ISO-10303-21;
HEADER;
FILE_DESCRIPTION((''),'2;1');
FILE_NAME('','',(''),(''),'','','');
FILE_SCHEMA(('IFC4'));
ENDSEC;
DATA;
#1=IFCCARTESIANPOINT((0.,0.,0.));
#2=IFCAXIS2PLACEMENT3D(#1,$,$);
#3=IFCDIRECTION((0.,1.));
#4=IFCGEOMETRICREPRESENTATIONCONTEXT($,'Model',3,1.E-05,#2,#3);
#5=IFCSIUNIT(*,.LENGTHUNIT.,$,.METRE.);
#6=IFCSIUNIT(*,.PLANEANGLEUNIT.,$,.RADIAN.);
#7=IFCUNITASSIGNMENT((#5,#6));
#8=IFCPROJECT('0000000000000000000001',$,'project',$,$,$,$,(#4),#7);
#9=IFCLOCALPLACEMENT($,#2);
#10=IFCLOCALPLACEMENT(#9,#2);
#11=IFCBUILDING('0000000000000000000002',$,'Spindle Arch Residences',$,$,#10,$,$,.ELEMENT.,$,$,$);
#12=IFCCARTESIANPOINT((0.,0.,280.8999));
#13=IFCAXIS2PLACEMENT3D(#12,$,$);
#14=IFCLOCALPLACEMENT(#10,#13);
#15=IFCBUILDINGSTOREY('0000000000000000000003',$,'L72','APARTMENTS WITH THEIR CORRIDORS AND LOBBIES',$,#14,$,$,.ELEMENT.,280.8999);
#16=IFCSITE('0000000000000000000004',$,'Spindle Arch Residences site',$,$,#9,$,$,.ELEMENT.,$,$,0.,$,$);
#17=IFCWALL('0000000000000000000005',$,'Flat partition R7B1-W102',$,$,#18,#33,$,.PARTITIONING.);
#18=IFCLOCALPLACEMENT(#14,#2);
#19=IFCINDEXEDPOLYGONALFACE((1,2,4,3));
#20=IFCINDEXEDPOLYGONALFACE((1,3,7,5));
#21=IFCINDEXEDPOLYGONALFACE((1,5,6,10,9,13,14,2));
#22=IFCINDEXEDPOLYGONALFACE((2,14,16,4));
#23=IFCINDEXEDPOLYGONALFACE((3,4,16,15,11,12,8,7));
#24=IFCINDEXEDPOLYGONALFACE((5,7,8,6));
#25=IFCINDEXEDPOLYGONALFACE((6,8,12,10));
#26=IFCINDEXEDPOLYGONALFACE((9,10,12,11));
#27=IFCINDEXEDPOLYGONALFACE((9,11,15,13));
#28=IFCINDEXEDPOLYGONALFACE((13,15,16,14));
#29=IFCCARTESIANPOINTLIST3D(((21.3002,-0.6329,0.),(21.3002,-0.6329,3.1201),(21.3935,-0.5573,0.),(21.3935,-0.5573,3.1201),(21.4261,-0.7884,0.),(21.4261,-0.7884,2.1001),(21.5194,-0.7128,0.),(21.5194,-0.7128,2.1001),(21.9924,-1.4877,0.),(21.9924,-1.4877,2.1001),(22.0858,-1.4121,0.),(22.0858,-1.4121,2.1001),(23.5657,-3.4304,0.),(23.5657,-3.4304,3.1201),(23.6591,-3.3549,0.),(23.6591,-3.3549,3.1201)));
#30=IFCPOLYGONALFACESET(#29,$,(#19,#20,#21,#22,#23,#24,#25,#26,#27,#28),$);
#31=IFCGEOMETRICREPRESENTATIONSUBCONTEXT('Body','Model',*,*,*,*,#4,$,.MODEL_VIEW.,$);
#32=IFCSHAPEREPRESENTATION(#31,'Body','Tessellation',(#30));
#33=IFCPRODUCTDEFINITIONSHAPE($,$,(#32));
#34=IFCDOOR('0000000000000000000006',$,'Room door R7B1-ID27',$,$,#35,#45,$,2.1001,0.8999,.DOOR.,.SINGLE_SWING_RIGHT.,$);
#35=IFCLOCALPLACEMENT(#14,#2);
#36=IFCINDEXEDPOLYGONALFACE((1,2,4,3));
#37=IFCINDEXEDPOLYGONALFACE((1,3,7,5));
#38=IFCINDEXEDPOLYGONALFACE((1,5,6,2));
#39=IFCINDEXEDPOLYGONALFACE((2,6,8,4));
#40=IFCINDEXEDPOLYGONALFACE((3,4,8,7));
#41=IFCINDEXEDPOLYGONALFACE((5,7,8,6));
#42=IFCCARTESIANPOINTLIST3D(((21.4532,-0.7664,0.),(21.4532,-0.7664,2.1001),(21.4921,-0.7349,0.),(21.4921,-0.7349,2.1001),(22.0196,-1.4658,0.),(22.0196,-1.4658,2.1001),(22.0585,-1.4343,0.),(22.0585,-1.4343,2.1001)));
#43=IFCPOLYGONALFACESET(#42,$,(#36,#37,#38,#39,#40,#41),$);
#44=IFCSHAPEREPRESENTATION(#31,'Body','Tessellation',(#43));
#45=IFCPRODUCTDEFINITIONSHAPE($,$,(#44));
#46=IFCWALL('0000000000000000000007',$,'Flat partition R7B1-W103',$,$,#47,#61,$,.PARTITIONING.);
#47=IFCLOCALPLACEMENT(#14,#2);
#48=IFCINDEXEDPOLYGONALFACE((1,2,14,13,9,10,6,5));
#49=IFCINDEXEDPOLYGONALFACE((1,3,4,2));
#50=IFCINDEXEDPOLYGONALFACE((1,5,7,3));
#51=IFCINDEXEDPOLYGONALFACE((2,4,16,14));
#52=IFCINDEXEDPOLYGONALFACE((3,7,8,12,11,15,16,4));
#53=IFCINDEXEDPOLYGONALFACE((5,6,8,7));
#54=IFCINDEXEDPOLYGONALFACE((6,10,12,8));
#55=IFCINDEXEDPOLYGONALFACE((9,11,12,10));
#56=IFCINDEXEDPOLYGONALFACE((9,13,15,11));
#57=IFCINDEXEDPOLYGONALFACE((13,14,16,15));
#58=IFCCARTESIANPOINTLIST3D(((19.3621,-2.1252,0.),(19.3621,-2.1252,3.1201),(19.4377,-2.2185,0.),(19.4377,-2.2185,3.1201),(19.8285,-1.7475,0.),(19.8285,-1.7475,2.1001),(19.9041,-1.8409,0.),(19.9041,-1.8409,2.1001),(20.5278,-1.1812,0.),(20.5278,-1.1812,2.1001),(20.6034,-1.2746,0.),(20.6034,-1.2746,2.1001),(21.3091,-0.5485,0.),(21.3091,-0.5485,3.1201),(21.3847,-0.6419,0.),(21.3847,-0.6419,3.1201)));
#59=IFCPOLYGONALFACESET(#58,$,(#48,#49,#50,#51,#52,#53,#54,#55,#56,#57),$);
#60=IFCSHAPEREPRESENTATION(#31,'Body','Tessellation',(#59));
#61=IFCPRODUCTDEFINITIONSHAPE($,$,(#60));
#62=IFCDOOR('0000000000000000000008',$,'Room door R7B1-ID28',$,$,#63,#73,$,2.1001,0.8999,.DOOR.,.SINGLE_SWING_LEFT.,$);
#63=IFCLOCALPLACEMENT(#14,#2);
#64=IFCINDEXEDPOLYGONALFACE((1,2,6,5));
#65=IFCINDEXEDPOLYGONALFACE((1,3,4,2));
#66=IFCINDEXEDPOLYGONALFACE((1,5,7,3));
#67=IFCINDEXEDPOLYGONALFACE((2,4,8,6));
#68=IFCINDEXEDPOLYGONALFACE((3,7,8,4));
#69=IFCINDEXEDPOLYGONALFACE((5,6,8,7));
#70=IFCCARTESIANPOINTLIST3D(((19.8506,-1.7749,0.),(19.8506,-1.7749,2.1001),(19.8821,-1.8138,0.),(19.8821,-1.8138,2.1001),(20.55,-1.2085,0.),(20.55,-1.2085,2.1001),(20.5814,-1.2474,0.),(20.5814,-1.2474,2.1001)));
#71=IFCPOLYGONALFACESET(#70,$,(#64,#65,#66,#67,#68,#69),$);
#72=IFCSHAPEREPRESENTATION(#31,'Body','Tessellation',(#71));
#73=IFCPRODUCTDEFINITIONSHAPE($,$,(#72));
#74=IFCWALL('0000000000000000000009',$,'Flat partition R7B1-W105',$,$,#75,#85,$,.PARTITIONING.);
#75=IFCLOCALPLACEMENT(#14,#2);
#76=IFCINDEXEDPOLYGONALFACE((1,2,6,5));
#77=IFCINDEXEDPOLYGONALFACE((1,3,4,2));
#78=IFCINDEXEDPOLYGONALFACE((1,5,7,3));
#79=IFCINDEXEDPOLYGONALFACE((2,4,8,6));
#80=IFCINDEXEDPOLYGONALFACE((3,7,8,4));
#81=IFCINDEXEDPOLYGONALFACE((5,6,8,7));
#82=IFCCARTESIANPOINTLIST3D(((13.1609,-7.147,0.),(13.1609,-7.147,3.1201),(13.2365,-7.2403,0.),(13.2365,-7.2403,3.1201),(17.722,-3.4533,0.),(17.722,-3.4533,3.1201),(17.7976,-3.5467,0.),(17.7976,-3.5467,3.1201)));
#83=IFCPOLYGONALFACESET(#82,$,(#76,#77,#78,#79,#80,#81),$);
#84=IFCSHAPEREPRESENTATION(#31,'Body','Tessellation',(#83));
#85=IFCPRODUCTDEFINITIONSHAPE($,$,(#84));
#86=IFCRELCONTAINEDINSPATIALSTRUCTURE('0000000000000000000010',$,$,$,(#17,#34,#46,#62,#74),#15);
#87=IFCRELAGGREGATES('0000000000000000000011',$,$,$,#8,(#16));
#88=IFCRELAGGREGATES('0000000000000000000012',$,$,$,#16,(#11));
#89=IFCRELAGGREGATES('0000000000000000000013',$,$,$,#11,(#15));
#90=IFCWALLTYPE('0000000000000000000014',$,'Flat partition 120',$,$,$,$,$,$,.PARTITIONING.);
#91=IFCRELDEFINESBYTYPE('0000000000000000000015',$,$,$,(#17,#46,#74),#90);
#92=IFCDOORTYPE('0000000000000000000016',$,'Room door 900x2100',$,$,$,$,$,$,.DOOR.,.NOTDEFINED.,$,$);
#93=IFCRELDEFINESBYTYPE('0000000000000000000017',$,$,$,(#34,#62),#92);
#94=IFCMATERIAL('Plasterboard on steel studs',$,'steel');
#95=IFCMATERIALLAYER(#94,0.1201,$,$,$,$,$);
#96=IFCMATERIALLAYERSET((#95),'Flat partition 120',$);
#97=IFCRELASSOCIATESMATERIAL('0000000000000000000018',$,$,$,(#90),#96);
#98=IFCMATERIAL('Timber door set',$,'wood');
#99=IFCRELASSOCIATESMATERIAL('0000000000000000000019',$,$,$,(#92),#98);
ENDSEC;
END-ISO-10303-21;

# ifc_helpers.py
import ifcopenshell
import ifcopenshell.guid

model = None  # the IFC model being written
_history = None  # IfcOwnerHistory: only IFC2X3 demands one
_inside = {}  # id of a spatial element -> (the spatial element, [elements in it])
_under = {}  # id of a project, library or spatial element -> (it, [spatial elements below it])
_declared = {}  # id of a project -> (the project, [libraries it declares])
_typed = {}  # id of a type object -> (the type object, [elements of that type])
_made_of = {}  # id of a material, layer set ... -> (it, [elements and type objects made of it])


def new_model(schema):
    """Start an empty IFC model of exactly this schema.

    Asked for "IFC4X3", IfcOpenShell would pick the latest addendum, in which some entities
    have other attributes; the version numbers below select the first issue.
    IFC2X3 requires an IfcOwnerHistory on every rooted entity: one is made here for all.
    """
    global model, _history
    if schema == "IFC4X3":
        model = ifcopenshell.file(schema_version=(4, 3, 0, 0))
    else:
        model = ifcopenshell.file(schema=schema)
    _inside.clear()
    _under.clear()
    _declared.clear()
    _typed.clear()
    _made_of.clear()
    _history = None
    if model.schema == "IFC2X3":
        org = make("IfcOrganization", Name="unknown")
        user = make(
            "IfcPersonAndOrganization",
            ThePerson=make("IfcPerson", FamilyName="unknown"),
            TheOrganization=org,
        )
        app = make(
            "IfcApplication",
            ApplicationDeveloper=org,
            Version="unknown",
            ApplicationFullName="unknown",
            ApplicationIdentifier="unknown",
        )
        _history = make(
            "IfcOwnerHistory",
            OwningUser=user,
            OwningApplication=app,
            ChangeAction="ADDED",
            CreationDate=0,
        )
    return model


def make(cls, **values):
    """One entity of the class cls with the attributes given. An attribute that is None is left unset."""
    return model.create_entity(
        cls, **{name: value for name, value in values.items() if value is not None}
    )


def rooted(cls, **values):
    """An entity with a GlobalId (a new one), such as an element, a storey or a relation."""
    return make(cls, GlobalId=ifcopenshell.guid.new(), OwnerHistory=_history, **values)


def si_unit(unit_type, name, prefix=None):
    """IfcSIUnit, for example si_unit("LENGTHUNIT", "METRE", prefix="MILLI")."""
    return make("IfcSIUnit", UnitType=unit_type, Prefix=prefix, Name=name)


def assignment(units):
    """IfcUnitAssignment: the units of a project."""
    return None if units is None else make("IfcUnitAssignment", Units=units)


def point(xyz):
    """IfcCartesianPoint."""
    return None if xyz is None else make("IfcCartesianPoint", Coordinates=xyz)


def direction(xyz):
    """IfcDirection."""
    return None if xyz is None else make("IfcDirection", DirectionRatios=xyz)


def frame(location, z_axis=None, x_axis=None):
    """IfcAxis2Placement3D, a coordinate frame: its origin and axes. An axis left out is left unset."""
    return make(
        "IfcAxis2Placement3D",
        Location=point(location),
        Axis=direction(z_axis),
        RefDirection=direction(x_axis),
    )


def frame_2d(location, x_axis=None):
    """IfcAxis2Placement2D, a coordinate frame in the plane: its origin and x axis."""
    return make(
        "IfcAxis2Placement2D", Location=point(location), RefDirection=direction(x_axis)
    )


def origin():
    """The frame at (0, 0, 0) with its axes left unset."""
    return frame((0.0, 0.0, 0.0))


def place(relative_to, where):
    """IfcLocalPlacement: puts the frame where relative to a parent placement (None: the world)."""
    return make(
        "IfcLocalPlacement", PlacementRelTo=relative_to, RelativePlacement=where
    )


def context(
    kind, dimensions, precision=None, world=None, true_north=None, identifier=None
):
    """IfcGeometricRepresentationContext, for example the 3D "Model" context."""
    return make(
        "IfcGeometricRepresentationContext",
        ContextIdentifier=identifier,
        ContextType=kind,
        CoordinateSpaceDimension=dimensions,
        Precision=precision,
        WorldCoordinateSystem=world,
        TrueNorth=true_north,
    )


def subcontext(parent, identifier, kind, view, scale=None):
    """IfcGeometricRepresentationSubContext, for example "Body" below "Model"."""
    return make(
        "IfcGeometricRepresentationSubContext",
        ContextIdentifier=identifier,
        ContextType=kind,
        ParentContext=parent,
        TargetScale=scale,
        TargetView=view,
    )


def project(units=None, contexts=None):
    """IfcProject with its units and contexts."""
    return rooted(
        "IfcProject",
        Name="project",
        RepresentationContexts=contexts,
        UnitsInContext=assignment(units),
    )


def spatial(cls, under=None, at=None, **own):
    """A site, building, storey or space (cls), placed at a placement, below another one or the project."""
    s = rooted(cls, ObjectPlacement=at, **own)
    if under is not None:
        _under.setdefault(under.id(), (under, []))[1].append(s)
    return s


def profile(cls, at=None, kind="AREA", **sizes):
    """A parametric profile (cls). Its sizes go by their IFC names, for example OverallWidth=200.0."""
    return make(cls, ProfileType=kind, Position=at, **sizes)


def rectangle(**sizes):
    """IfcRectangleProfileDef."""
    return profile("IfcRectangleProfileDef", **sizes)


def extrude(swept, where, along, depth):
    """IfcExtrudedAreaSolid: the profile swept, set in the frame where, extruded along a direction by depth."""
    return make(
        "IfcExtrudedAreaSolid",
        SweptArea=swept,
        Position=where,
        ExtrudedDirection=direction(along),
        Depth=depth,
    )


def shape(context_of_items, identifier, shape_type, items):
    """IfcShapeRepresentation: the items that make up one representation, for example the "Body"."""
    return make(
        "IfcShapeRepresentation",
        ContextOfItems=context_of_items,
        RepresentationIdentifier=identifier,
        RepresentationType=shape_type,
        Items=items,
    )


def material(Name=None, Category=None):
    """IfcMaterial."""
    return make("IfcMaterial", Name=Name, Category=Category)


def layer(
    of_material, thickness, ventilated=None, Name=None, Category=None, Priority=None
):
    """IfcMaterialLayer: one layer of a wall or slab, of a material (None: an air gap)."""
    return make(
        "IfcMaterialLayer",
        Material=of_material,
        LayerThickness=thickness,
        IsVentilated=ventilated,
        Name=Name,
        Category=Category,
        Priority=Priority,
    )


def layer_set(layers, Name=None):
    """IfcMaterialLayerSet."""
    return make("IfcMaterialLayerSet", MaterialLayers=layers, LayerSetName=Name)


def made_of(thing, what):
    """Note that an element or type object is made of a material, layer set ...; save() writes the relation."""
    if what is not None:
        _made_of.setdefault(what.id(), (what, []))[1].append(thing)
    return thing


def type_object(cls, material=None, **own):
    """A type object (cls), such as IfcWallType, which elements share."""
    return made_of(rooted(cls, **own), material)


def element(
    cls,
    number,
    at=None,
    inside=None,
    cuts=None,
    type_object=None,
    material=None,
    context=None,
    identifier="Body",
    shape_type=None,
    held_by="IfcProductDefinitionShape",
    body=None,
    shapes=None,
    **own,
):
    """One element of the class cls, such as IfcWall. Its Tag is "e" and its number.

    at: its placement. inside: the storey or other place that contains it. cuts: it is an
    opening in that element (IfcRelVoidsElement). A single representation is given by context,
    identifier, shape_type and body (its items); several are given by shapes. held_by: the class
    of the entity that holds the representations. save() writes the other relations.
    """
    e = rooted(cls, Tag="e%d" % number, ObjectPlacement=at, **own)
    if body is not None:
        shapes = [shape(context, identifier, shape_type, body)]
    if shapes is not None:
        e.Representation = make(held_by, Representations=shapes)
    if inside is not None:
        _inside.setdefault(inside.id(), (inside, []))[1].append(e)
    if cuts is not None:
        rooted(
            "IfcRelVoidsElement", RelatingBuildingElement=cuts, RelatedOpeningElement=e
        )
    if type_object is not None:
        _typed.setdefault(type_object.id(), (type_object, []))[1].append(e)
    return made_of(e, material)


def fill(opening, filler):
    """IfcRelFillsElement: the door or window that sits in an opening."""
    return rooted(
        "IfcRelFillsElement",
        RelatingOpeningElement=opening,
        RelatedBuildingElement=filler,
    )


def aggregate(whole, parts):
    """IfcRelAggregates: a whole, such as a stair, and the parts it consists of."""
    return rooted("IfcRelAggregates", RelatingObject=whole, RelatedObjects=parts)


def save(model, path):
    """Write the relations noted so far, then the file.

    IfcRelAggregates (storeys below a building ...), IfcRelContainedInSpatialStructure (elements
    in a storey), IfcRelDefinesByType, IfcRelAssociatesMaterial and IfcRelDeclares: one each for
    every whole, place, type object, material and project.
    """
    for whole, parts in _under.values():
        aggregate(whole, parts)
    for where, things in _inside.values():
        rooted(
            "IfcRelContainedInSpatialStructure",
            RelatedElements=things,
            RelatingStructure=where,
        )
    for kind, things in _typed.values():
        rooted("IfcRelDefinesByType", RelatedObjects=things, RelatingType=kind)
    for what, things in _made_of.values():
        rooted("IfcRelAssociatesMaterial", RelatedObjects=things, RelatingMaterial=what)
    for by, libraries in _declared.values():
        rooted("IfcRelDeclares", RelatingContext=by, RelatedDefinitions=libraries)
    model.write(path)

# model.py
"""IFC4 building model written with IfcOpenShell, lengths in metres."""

from ifc_helpers import new_model, si_unit, direction, frame, frame_2d, origin, place, context, subcontext, project, spatial, rectangle, extrude, material, layer, layer_set, type_object, element, fill, save


model = new_model("IFC4")

# Units and contexts
model_context = context("Model", 3, precision=1e-05, world=origin(), true_north=direction((0.0, 1.0)))
body_context = subcontext(model_context, "Body", "Model", "MODEL_VIEW")
ifc_project = project(units=[si_unit("LENGTHUNIT", "METRE"), si_unit("PLANEANGLEUNIT", "RADIAN")], contexts=[model_context])

# Site, building, storey
site_placement = place(None, origin())
site = spatial("IfcSite", under=ifc_project, at=site_placement, Name="Spindle Arch Residences site", CompositionType="ELEMENT", RefElevation=0.0)
building_placement = place(site_placement, origin())
building = spatial("IfcBuilding", under=site, at=building_placement, Name="Spindle Arch Residences", CompositionType="ELEMENT")
storey_placement = place(building_placement, frame((0.0, 0.0, 280.8999)))
storey = spatial("IfcBuildingStorey", under=building, at=storey_placement, Name="L72", Description="APARTMENTS WITH THEIR CORRIDORS AND LOBBIES", CompositionType="ELEMENT", Elevation=280.8999)

# Walls, openings, doors
ifc_material_1 = material(Name="Plasterboard on steel studs", Category="steel")
ifc_layer_1 = layer(ifc_material_1, 0.1201)
ifc_layer_set_1 = layer_set([ifc_layer_1], Name="Flat partition 120")
wall_type_1 = type_object("IfcWallType", Name="Flat partition 120", PredefinedType="PARTITIONING", material=ifc_layer_set_1)
wall_1_placement = place(storey_placement, frame((21.3469, -0.5952, 0.0), z_axis=(0.0, 0.0, 1.0), x_axis=(0.629348, -0.777123, 0.0)))
wall_1 = element("IfcWall", 1, at=wall_1_placement, inside=storey, type_object=wall_type_1, Name="Flat partition R7B1-W102", PredefinedType="PARTITIONING", context=body_context, shape_type="SweptSolid", body=[
    extrude(rectangle(XDim=3.5999, YDim=0.1201, at=frame_2d((1.7998, 0.0))), origin(), (0.0, 0.0, 1.0), 3.1201),
])
opening_1_placement = place(wall_1_placement, frame((0.2, 0.0, 0.0)))
opening_1 = element("IfcOpeningElement", 2, at=opening_1_placement, cuts=wall_1, PredefinedType="OPENING", context=body_context, shape_type="SweptSolid", body=[
    extrude(rectangle(XDim=0.8999, YDim=2.1001, at=frame_2d((0.45, 1.05))), frame((0.0, 0.0701, 0.0), z_axis=(0.0, -1.0, 0.0), x_axis=(1.0, 0.0, 0.0)), (0.0, 0.0, 1.0), 0.1401),
])
ifc_material_2 = material(Name="Timber door set", Category="wood")
door_type = type_object("IfcDoorType", Name="Room door 900x2100", OperationType="NOTDEFINED", PredefinedType="DOOR", material=ifc_material_2)
door_1_placement = place(opening_1_placement, origin())
door_1 = element("IfcDoor", 3, at=door_1_placement, inside=storey, type_object=door_type, Name="Room door R7B1-ID27", OperationType="SINGLE_SWING_RIGHT", OverallHeight=2.1001, OverallWidth=0.8999, PredefinedType="DOOR", context=body_context, shape_type="SweptSolid", body=[
    extrude(rectangle(XDim=0.8999, YDim=2.1001, at=frame_2d((0.45, 1.05))), frame((0.0, 0.0249, 0.0), z_axis=(0.0, -1.0, 0.0), x_axis=(1.0, 0.0, 0.0)), (0.0, 0.0, 1.0), 0.05),
])
fill(opening_1, door_1)
wall_2_placement = place(storey_placement, frame((19.3999, -2.1719, 0.0), z_axis=(0.0, 0.0, 1.0), x_axis=(0.777147, 0.629319, 0.0)))
wall_2 = element("IfcWall", 4, at=wall_2_placement, inside=storey, type_object=wall_type_1, Name="Flat partition R7B1-W103", PredefinedType="PARTITIONING", context=body_context, shape_type="SweptSolid", body=[
    extrude(rectangle(XDim=2.5054, YDim=0.1201, at=frame_2d((1.2527, 0.0))), origin(), (0.0, 0.0, 1.0), 3.1201),
])
opening_2_placement = place(wall_2_placement, frame((0.6001, 0.0, 0.0)))
opening_2 = element("IfcOpeningElement", 5, at=opening_2_placement, cuts=wall_2, PredefinedType="OPENING", context=body_context, shape_type="SweptSolid", body=[
    extrude(rectangle(XDim=0.8999, YDim=2.1001, at=frame_2d((0.45, 1.05))), frame((0.0, 0.0701, 0.0), z_axis=(0.0, -1.0, 0.0), x_axis=(1.0, 0.0, 0.0)), (0.0, 0.0, 1.0), 0.1401),
])
door_2_placement = place(opening_2_placement, origin())
door_2 = element("IfcDoor", 6, at=door_2_placement, inside=storey, type_object=door_type, Name="Room door R7B1-ID28", OperationType="SINGLE_SWING_LEFT", OverallHeight=2.1001, OverallWidth=0.8999, PredefinedType="DOOR", context=body_context, shape_type="SweptSolid", body=[
    extrude(rectangle(XDim=0.8999, YDim=2.1001, at=frame_2d((0.45, 1.05))), frame((0.0, 0.0249, 0.0), z_axis=(0.0, -1.0, 0.0), x_axis=(1.0, 0.0, 0.0)), (0.0, 0.0, 1.0), 0.05),
])
fill(opening_2, door_2)

# Wall
wall_3_placement = place(storey_placement, frame((17.7598, -3.5, 0.0), z_axis=(0.0, 0.0, 1.0), x_axis=(-0.777133, -0.629336, 0.0)))
element("IfcWall", 7, at=wall_3_placement, inside=storey, type_object=wall_type_1, Name="Flat partition R7B1-W105", PredefinedType="PARTITIONING", context=body_context, shape_type="SweptSolid", body=[
    extrude(rectangle(XDim=5.8691, YDim=0.1201, at=frame_2d((2.9346, 0.0))), origin(), (0.0, 0.0, 1.0), 3.1201),
])

save(model, "model.ifc")
